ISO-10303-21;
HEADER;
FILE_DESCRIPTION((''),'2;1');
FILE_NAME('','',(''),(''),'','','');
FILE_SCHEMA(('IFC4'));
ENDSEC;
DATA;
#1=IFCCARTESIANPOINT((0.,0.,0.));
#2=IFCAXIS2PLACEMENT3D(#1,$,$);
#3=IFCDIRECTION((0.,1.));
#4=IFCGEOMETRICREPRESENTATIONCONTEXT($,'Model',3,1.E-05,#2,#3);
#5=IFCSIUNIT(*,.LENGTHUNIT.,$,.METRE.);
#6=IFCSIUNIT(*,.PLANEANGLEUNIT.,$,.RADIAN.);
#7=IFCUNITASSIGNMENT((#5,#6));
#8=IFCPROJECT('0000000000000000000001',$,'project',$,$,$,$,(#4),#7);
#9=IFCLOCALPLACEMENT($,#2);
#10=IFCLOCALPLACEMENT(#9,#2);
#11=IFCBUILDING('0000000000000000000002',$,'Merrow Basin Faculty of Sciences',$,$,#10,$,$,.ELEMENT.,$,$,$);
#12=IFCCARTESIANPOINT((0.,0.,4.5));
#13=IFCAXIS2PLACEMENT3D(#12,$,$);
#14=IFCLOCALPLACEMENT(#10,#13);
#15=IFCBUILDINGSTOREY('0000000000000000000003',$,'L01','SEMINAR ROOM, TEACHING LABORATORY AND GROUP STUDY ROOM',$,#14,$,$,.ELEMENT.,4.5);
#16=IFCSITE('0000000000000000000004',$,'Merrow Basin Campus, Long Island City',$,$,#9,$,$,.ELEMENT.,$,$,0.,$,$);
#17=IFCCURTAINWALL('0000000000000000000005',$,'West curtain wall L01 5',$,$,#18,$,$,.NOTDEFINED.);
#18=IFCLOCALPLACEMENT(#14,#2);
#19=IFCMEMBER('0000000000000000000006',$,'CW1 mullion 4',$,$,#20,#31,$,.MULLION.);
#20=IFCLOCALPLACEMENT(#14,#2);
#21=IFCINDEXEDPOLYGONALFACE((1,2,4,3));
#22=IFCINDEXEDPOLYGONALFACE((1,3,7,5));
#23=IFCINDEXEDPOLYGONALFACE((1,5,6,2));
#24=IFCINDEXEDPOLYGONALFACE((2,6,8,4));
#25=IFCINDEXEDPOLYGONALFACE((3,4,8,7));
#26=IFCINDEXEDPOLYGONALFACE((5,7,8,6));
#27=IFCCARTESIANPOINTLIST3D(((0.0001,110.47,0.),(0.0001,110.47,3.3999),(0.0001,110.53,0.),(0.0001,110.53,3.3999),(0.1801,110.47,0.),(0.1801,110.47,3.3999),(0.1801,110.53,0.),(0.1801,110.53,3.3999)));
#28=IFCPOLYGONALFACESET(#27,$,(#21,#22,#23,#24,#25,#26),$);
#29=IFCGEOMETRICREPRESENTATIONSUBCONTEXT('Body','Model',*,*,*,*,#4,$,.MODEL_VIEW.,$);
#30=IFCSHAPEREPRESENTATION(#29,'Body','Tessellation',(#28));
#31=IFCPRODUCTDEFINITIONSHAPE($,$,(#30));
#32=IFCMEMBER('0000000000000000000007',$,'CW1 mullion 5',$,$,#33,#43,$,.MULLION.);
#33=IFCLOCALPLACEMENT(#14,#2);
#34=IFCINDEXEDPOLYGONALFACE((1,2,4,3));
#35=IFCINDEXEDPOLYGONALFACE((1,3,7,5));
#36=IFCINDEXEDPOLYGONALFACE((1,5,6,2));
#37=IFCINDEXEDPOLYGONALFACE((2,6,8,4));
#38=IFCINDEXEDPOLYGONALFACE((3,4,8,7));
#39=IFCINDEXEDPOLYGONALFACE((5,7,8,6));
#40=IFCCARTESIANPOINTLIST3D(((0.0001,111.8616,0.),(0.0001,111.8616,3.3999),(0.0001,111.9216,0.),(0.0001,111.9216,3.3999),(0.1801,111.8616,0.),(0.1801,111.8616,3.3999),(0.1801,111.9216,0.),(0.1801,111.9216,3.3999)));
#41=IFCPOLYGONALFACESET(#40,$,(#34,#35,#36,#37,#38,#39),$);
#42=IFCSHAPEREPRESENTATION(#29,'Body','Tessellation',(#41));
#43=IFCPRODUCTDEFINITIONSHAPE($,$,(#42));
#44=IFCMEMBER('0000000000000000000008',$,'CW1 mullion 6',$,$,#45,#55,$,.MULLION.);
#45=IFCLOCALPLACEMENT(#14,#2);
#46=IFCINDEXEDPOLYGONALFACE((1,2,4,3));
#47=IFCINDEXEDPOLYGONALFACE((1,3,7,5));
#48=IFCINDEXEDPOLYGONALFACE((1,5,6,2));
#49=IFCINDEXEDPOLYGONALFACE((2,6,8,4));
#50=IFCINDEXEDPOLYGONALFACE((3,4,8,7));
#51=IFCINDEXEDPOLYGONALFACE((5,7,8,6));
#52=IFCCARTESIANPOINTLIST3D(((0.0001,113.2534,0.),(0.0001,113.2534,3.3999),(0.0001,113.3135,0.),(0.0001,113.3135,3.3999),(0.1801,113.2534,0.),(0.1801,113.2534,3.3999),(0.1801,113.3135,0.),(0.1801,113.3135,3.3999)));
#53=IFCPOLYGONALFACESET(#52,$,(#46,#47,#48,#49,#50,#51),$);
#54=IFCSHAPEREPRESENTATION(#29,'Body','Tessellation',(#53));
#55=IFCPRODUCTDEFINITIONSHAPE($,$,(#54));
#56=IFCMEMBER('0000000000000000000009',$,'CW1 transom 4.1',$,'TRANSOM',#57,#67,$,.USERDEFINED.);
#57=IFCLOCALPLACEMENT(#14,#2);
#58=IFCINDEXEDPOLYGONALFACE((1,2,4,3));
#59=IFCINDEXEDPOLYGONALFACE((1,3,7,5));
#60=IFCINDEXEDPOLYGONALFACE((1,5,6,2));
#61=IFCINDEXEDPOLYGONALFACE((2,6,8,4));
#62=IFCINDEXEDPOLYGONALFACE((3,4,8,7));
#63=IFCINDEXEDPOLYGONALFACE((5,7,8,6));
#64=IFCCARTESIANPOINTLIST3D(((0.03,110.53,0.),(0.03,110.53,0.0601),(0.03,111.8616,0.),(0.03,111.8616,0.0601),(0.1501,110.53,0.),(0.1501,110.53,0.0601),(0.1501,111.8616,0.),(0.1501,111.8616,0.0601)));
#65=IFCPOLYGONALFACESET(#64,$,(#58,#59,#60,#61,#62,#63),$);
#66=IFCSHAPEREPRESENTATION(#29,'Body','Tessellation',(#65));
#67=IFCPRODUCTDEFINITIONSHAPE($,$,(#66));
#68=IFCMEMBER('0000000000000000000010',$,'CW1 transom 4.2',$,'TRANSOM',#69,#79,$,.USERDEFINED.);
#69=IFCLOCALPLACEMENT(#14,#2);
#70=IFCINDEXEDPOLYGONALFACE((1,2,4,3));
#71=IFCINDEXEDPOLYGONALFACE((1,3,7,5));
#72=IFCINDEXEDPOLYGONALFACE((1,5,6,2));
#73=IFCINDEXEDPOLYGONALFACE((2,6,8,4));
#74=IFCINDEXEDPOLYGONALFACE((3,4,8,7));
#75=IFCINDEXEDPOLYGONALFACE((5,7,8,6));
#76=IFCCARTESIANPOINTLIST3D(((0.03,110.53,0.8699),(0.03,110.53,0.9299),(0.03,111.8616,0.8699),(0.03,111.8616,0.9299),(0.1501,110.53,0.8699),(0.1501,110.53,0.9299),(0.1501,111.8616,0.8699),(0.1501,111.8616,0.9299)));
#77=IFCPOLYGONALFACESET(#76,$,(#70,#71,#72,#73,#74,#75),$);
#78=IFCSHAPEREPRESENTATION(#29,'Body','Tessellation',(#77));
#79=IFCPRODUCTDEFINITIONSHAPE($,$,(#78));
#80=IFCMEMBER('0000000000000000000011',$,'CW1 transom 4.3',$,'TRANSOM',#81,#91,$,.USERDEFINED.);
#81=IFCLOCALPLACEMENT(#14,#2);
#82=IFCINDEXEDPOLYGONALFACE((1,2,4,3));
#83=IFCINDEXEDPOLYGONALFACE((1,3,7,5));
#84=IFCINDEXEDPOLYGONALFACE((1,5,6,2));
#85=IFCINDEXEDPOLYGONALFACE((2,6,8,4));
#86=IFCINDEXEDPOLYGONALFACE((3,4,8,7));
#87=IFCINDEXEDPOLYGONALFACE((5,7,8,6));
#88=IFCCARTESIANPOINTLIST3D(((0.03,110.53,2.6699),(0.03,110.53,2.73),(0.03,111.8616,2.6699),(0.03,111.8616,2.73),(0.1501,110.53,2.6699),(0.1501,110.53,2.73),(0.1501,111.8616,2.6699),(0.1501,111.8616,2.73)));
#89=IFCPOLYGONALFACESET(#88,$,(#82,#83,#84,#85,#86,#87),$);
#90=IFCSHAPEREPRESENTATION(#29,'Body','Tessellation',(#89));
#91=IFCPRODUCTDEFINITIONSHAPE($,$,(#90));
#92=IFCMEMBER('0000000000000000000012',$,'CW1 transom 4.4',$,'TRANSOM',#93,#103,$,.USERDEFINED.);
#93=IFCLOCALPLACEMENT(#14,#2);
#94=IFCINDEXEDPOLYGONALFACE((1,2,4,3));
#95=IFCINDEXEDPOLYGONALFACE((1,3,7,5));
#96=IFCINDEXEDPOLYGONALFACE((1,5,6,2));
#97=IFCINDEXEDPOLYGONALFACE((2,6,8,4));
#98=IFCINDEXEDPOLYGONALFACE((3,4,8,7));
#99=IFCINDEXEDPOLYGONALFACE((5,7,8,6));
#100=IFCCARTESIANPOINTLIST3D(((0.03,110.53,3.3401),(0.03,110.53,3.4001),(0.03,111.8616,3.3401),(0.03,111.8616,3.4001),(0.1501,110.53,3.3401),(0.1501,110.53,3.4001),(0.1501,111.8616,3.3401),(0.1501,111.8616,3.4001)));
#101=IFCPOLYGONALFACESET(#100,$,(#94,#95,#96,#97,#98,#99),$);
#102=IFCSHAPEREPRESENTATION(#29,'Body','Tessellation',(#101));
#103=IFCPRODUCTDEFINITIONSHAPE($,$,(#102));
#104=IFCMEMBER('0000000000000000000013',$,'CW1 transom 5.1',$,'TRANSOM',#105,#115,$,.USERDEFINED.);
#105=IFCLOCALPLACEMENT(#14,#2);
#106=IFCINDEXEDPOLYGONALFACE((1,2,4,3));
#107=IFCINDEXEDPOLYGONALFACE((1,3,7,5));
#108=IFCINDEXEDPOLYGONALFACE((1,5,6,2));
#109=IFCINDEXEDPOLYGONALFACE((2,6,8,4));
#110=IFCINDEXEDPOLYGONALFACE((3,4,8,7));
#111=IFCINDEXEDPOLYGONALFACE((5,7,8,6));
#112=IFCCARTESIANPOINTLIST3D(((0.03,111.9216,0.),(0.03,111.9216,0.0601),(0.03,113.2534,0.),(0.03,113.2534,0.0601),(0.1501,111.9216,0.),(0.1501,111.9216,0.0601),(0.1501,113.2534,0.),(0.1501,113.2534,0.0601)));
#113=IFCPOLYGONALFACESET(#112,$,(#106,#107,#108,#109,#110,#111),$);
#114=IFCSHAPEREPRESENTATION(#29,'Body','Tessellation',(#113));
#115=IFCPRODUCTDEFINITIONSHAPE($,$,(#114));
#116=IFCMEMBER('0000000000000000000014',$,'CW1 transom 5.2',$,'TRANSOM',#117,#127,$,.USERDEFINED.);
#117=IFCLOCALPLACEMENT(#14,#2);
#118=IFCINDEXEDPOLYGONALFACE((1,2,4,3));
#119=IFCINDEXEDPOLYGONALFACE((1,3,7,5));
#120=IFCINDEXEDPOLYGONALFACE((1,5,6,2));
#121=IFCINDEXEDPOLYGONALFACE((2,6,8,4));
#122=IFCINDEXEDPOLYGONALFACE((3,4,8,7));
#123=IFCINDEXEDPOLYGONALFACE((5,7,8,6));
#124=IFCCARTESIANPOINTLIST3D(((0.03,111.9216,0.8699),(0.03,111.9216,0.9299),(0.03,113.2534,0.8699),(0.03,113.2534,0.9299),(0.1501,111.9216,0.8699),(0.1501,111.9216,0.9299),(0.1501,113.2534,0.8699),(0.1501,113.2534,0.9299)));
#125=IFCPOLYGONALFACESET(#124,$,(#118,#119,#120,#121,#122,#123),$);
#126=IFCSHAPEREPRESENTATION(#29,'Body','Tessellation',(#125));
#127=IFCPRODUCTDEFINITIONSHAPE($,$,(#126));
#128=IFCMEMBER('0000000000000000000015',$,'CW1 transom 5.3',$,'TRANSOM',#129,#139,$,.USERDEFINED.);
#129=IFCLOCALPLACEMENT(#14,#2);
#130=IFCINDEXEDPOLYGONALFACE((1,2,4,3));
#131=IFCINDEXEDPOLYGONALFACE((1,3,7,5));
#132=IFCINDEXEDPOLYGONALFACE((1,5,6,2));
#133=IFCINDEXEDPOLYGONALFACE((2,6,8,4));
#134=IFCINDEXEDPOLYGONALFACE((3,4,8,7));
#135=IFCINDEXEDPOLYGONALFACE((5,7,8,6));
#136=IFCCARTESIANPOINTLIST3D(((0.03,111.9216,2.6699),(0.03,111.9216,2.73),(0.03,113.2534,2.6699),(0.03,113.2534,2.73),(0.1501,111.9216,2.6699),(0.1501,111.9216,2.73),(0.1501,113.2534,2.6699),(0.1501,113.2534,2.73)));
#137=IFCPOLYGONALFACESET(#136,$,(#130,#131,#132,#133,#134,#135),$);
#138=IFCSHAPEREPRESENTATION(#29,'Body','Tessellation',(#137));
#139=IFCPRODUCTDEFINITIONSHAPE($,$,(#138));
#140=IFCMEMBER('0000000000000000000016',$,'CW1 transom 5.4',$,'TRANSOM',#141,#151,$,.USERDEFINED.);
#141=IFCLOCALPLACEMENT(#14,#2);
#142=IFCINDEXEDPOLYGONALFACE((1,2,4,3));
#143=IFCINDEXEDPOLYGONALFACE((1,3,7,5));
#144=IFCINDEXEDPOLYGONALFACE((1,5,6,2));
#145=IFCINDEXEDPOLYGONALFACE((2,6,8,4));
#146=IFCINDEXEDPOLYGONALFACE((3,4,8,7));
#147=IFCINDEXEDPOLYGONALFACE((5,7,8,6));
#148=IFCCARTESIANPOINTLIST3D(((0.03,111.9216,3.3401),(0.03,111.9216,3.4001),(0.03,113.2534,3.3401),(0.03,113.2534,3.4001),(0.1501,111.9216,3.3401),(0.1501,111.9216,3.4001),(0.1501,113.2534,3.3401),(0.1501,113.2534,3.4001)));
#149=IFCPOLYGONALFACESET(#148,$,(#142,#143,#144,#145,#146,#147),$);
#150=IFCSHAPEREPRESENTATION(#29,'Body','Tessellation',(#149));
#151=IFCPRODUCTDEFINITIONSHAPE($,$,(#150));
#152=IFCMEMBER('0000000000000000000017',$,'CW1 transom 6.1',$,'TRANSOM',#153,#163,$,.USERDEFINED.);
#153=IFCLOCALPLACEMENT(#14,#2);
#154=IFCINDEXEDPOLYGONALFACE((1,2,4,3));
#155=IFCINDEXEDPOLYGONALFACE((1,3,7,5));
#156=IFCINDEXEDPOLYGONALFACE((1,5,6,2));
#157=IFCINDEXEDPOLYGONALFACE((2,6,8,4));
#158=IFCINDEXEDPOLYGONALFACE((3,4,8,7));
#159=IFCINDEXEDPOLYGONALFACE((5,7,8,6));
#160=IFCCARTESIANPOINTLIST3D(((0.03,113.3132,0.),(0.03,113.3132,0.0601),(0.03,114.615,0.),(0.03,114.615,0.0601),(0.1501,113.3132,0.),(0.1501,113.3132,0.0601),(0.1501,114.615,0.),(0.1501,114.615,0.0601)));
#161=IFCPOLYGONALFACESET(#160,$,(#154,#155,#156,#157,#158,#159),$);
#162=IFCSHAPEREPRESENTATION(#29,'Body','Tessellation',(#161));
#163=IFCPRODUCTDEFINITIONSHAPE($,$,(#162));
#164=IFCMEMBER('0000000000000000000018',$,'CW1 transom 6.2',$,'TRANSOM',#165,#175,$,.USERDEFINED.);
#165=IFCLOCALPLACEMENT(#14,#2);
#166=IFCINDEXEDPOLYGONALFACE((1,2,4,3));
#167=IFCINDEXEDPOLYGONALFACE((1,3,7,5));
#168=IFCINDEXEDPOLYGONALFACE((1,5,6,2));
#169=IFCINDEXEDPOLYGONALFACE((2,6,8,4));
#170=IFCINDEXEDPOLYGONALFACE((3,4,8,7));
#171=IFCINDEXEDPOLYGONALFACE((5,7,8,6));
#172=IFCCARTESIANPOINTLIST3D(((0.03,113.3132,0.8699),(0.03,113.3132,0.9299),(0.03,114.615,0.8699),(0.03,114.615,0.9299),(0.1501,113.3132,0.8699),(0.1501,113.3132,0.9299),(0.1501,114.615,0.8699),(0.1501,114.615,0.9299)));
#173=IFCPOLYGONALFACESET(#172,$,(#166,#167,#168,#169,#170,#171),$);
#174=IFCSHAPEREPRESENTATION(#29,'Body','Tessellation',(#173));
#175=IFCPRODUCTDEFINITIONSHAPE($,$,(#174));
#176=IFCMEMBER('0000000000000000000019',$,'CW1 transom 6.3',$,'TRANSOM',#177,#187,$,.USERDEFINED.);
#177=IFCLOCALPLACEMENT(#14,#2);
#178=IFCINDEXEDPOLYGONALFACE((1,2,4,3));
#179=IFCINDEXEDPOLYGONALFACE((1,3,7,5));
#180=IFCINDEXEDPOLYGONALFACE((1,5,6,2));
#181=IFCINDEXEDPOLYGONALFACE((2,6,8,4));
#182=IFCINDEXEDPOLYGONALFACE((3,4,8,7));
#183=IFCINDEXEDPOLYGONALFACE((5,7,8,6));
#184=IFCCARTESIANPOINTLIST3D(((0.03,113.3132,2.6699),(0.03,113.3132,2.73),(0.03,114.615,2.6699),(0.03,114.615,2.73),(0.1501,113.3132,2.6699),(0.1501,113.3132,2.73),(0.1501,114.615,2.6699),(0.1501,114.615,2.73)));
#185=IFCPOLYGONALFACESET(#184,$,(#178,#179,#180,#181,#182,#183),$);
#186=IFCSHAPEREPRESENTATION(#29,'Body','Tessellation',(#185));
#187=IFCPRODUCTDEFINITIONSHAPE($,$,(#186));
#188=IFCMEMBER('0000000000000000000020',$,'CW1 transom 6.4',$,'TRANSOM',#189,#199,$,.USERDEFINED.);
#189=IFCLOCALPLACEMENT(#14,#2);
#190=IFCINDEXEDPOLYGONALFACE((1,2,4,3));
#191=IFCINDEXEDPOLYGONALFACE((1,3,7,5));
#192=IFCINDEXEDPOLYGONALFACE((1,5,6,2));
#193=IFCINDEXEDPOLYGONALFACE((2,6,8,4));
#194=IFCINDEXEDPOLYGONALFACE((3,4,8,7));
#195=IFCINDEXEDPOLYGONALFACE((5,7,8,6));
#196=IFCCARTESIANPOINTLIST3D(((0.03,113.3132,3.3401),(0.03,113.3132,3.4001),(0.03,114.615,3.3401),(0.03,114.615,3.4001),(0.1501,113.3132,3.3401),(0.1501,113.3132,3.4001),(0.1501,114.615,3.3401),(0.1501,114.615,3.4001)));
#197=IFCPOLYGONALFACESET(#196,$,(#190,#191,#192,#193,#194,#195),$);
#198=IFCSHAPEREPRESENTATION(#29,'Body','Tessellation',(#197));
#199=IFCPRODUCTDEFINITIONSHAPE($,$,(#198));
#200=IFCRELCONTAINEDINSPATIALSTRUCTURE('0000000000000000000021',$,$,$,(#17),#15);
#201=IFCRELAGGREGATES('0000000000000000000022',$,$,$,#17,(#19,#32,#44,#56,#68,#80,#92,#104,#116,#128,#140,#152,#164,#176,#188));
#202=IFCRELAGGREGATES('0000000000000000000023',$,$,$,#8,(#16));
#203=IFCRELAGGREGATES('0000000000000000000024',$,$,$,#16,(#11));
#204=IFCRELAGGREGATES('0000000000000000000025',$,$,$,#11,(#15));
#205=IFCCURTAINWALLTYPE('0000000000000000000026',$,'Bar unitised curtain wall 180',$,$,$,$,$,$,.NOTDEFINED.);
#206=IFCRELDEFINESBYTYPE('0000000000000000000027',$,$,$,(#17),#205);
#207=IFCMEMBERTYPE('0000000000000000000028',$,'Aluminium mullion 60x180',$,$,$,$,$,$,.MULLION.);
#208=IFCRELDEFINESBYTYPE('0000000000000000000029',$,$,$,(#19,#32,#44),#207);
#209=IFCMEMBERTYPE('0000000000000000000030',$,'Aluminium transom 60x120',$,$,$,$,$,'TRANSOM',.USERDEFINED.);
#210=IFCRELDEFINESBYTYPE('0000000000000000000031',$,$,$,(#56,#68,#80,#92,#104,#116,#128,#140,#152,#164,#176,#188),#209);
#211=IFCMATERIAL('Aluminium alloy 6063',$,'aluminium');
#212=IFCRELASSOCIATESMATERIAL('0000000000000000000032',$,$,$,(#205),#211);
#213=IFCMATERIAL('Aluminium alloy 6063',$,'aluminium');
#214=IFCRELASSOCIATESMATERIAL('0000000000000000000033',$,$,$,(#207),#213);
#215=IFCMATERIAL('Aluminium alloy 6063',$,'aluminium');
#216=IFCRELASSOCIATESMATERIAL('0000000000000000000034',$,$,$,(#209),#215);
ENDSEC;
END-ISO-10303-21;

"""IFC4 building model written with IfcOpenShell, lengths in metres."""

from ifc_helpers import new_model, si_unit, direction, frame, origin, origin_2d, place, context, subcontext, project, spatial, rectangle, extrude, material, material_profile, profile_set, type_object, element, aggregate, save


model = new_model("IFC4")

# Units and contexts
model_context = context("Model", 3, precision=1e-05, world=origin(), true_north=direction((0.0, 1.0)))
body_context = subcontext(model_context, "Body", "Model", "MODEL_VIEW")
ifc_project = project(units=[si_unit("LENGTHUNIT", "METRE"), si_unit("PLANEANGLEUNIT", "RADIAN")], contexts=[model_context])

# Site, building, storey
site_placement = place(None, origin())
site = spatial("IfcSite", under=ifc_project, at=site_placement, Name="Merrow Basin Campus, Long Island City", CompositionType="ELEMENT", RefElevation=0.0)
building_placement = place(site_placement, origin())
building = spatial("IfcBuilding", under=site, at=building_placement, Name="Merrow Basin Faculty of Sciences", CompositionType="ELEMENT")
storey_placement = place(building_placement, frame((0.0, 0.0, 4.5)))
storey = spatial("IfcBuildingStorey", under=building, at=storey_placement, Name="L01", Description="SEMINAR ROOM, TEACHING LABORATORY AND GROUP STUDY ROOM", CompositionType="ELEMENT", Elevation=4.5)

# Curtain wall, members
ifc_material_1 = material(Name="Aluminium alloy 6063", Category="aluminium")
curtain_wall_type = type_object("IfcCurtainWallType", Name="Bar unitised curtain wall 180", PredefinedType="NOTDEFINED", material=ifc_material_1)
curtain_wall_placement = place(storey_placement, origin())
curtain_wall = element("IfcCurtainWall", 1, at=curtain_wall_placement, inside=storey, type_object=curtain_wall_type, Name="West curtain wall L01 5", PredefinedType="NOTDEFINED")
ifc_material_2 = material(Name="Aluminium alloy 6063", Category="aluminium")
ifc_material_profile_1 = material_profile(ifc_material_2, rectangle(XDim=0.1799, YDim=0.0601, at=origin_2d()))
ifc_profile_set_1 = profile_set([ifc_material_profile_1], Name="Aluminium alloy 6063")
member_type_1 = type_object("IfcMemberType", Name="Aluminium mullion 60x180", PredefinedType="MULLION", material=ifc_profile_set_1)
member_1_placement = place(storey_placement, frame((0.0901, 110.5, 0.0), z_axis=(0.0, 0.0, 1.0), x_axis=(-1.0, 0.0, 0.0)))
member_1 = element("IfcMember", 2, at=member_1_placement, type_object=member_type_1, Name="CW1 mullion 4", PredefinedType="MULLION", context=body_context, shape_type="SweptSolid", body=[
    extrude(rectangle(XDim=0.1799, YDim=0.0601, at=origin_2d()), origin(), (0.0, 0.0, 1.0), 3.3999),
])
member_2_placement = place(storey_placement, frame((0.0901, 111.8916, 0.0), z_axis=(0.0, 0.0, 1.0), x_axis=(-1.0, 0.0, 0.0)))
member_2 = element("IfcMember", 3, at=member_2_placement, type_object=member_type_1, Name="CW1 mullion 5", PredefinedType="MULLION", context=body_context, shape_type="SweptSolid", body=[
    extrude(rectangle(XDim=0.1799, YDim=0.0601, at=origin_2d()), origin(), (0.0, 0.0, 1.0), 3.3999),
])
member_3_placement = place(storey_placement, frame((0.0901, 113.2834, 0.0), z_axis=(0.0, 0.0, 1.0), x_axis=(-1.0, 0.0, 0.0)))
member_3 = element("IfcMember", 4, at=member_3_placement, type_object=member_type_1, Name="CW1 mullion 6", PredefinedType="MULLION", context=body_context, shape_type="SweptSolid", body=[
    extrude(rectangle(XDim=0.1799, YDim=0.0601, at=origin_2d()), origin(), (0.0, 0.0, 1.0), 3.3999),
])
ifc_material_3 = material(Name="Aluminium alloy 6063", Category="aluminium")
ifc_material_profile_2 = material_profile(ifc_material_3, rectangle(XDim=0.1201, YDim=0.0601, at=origin_2d()))
ifc_profile_set_2 = profile_set([ifc_material_profile_2], Name="Aluminium alloy 6063")
member_type_2 = type_object("IfcMemberType", Name="Aluminium transom 60x120", ElementType="TRANSOM", PredefinedType="USERDEFINED", material=ifc_profile_set_2)
member_4_placement = place(storey_placement, frame((0.0901, 110.53, 0.03), z_axis=(0.0, 1.0, 0.0), x_axis=(-1.0, 0.0, 0.0)))
member_4 = element("IfcMember", 5, at=member_4_placement, type_object=member_type_2, Name="CW1 transom 4.1", ObjectType="TRANSOM", PredefinedType="USERDEFINED", context=body_context, shape_type="SweptSolid", body=[
    extrude(rectangle(XDim=0.1201, YDim=0.0601, at=origin_2d()), origin(), (0.0, 0.0, 1.0), 1.3315),
])
member_5_placement = place(storey_placement, frame((0.0901, 110.53, 0.8999), z_axis=(0.0, 1.0, 0.0), x_axis=(-1.0, 0.0, 0.0)))
member_5 = element("IfcMember", 6, at=member_5_placement, type_object=member_type_2, Name="CW1 transom 4.2", ObjectType="TRANSOM", PredefinedType="USERDEFINED", context=body_context, shape_type="SweptSolid", body=[
    extrude(rectangle(XDim=0.1201, YDim=0.0601, at=origin_2d()), origin(), (0.0, 0.0, 1.0), 1.3315),
])
member_6_placement = place(storey_placement, frame((0.0901, 110.53, 2.7), z_axis=(0.0, 1.0, 0.0), x_axis=(-1.0, 0.0, 0.0)))
member_6 = element("IfcMember", 7, at=member_6_placement, type_object=member_type_2, Name="CW1 transom 4.3", ObjectType="TRANSOM", PredefinedType="USERDEFINED", context=body_context, shape_type="SweptSolid", body=[
    extrude(rectangle(XDim=0.1201, YDim=0.0601, at=origin_2d()), origin(), (0.0, 0.0, 1.0), 1.3315),
])
member_7_placement = place(storey_placement, frame((0.0901, 110.53, 3.3701), z_axis=(0.0, 1.0, 0.0), x_axis=(-1.0, 0.0, 0.0)))
member_7 = element("IfcMember", 8, at=member_7_placement, type_object=member_type_2, Name="CW1 transom 4.4", ObjectType="TRANSOM", PredefinedType="USERDEFINED", context=body_context, shape_type="SweptSolid", body=[
    extrude(rectangle(XDim=0.1201, YDim=0.0601, at=origin_2d()), origin(), (0.0, 0.0, 1.0), 1.3315),
])
member_8_placement = place(storey_placement, frame((0.0901, 111.9216, 0.03), z_axis=(0.0, 1.0, 0.0), x_axis=(-1.0, 0.0, 0.0)))
member_8 = element("IfcMember", 9, at=member_8_placement, type_object=member_type_2, Name="CW1 transom 5.1", ObjectType="TRANSOM", PredefinedType="USERDEFINED", context=body_context, shape_type="SweptSolid", body=[
    extrude(rectangle(XDim=0.1201, YDim=0.0601, at=origin_2d()), origin(), (0.0, 0.0, 1.0), 1.3318),
])
member_9_placement = place(storey_placement, frame((0.0901, 111.9216, 0.8999), z_axis=(0.0, 1.0, 0.0), x_axis=(-1.0, 0.0, 0.0)))
member_9 = element("IfcMember", 10, at=member_9_placement, type_object=member_type_2, Name="CW1 transom 5.2", ObjectType="TRANSOM", PredefinedType="USERDEFINED", context=body_context, shape_type="SweptSolid", body=[
    extrude(rectangle(XDim=0.1201, YDim=0.0601, at=origin_2d()), origin(), (0.0, 0.0, 1.0), 1.3318),
])
member_10_placement = place(storey_placement, frame((0.0901, 111.9216, 2.7), z_axis=(0.0, 1.0, 0.0), x_axis=(-1.0, 0.0, 0.0)))
member_10 = element("IfcMember", 11, at=member_10_placement, type_object=member_type_2, Name="CW1 transom 5.3", ObjectType="TRANSOM", PredefinedType="USERDEFINED", context=body_context, shape_type="SweptSolid", body=[
    extrude(rectangle(XDim=0.1201, YDim=0.0601, at=origin_2d()), origin(), (0.0, 0.0, 1.0), 1.3318),
])
member_11_placement = place(storey_placement, frame((0.0901, 111.9216, 3.3701), z_axis=(0.0, 1.0, 0.0), x_axis=(-1.0, 0.0, 0.0)))
member_11 = element("IfcMember", 12, at=member_11_placement, type_object=member_type_2, Name="CW1 transom 5.4", ObjectType="TRANSOM", PredefinedType="USERDEFINED", context=body_context, shape_type="SweptSolid", body=[
    extrude(rectangle(XDim=0.1201, YDim=0.0601, at=origin_2d()), origin(), (0.0, 0.0, 1.0), 1.3318),
])
member_12_placement = place(storey_placement, frame((0.0901, 113.3132, 0.03), z_axis=(0.0, 1.0, 0.0), x_axis=(-1.0, 0.0, 0.0)))
member_12 = element("IfcMember", 13, at=member_12_placement, type_object=member_type_2, Name="CW1 transom 6.1", ObjectType="TRANSOM", PredefinedType="USERDEFINED", context=body_context, shape_type="SweptSolid", body=[
    extrude(rectangle(XDim=0.1201, YDim=0.0601, at=origin_2d()), origin(), (0.0, 0.0, 1.0), 1.3018),
])
member_13_placement = place(storey_placement, frame((0.0901, 113.3132, 0.8999), z_axis=(0.0, 1.0, 0.0), x_axis=(-1.0, 0.0, 0.0)))
member_13 = element("IfcMember", 14, at=member_13_placement, type_object=member_type_2, Name="CW1 transom 6.2", ObjectType="TRANSOM", PredefinedType="USERDEFINED", context=body_context, shape_type="SweptSolid", body=[
    extrude(rectangle(XDim=0.1201, YDim=0.0601, at=origin_2d()), origin(), (0.0, 0.0, 1.0), 1.3018),
])
member_14_placement = place(storey_placement, frame((0.0901, 113.3132, 2.7), z_axis=(0.0, 1.0, 0.0), x_axis=(-1.0, 0.0, 0.0)))
member_14 = element("IfcMember", 15, at=member_14_placement, type_object=member_type_2, Name="CW1 transom 6.3", ObjectType="TRANSOM", PredefinedType="USERDEFINED", context=body_context, shape_type="SweptSolid", body=[
    extrude(rectangle(XDim=0.1201, YDim=0.0601, at=origin_2d()), origin(), (0.0, 0.0, 1.0), 1.3018),
])
member_15_placement = place(storey_placement, frame((0.0901, 113.3132, 3.3701), z_axis=(0.0, 1.0, 0.0), x_axis=(-1.0, 0.0, 0.0)))
member_15 = element("IfcMember", 16, at=member_15_placement, type_object=member_type_2, Name="CW1 transom 6.4", ObjectType="TRANSOM", PredefinedType="USERDEFINED", context=body_context, shape_type="SweptSolid", body=[
    extrude(rectangle(XDim=0.1201, YDim=0.0601, at=origin_2d()), origin(), (0.0, 0.0, 1.0), 1.3018),
])
aggregate(curtain_wall, [member_1, member_2, member_3, member_4, member_5, member_6, member_7, member_8, member_9, member_10, member_11, member_12, member_13, member_14, member_15])

save(model, "model.ifc")
